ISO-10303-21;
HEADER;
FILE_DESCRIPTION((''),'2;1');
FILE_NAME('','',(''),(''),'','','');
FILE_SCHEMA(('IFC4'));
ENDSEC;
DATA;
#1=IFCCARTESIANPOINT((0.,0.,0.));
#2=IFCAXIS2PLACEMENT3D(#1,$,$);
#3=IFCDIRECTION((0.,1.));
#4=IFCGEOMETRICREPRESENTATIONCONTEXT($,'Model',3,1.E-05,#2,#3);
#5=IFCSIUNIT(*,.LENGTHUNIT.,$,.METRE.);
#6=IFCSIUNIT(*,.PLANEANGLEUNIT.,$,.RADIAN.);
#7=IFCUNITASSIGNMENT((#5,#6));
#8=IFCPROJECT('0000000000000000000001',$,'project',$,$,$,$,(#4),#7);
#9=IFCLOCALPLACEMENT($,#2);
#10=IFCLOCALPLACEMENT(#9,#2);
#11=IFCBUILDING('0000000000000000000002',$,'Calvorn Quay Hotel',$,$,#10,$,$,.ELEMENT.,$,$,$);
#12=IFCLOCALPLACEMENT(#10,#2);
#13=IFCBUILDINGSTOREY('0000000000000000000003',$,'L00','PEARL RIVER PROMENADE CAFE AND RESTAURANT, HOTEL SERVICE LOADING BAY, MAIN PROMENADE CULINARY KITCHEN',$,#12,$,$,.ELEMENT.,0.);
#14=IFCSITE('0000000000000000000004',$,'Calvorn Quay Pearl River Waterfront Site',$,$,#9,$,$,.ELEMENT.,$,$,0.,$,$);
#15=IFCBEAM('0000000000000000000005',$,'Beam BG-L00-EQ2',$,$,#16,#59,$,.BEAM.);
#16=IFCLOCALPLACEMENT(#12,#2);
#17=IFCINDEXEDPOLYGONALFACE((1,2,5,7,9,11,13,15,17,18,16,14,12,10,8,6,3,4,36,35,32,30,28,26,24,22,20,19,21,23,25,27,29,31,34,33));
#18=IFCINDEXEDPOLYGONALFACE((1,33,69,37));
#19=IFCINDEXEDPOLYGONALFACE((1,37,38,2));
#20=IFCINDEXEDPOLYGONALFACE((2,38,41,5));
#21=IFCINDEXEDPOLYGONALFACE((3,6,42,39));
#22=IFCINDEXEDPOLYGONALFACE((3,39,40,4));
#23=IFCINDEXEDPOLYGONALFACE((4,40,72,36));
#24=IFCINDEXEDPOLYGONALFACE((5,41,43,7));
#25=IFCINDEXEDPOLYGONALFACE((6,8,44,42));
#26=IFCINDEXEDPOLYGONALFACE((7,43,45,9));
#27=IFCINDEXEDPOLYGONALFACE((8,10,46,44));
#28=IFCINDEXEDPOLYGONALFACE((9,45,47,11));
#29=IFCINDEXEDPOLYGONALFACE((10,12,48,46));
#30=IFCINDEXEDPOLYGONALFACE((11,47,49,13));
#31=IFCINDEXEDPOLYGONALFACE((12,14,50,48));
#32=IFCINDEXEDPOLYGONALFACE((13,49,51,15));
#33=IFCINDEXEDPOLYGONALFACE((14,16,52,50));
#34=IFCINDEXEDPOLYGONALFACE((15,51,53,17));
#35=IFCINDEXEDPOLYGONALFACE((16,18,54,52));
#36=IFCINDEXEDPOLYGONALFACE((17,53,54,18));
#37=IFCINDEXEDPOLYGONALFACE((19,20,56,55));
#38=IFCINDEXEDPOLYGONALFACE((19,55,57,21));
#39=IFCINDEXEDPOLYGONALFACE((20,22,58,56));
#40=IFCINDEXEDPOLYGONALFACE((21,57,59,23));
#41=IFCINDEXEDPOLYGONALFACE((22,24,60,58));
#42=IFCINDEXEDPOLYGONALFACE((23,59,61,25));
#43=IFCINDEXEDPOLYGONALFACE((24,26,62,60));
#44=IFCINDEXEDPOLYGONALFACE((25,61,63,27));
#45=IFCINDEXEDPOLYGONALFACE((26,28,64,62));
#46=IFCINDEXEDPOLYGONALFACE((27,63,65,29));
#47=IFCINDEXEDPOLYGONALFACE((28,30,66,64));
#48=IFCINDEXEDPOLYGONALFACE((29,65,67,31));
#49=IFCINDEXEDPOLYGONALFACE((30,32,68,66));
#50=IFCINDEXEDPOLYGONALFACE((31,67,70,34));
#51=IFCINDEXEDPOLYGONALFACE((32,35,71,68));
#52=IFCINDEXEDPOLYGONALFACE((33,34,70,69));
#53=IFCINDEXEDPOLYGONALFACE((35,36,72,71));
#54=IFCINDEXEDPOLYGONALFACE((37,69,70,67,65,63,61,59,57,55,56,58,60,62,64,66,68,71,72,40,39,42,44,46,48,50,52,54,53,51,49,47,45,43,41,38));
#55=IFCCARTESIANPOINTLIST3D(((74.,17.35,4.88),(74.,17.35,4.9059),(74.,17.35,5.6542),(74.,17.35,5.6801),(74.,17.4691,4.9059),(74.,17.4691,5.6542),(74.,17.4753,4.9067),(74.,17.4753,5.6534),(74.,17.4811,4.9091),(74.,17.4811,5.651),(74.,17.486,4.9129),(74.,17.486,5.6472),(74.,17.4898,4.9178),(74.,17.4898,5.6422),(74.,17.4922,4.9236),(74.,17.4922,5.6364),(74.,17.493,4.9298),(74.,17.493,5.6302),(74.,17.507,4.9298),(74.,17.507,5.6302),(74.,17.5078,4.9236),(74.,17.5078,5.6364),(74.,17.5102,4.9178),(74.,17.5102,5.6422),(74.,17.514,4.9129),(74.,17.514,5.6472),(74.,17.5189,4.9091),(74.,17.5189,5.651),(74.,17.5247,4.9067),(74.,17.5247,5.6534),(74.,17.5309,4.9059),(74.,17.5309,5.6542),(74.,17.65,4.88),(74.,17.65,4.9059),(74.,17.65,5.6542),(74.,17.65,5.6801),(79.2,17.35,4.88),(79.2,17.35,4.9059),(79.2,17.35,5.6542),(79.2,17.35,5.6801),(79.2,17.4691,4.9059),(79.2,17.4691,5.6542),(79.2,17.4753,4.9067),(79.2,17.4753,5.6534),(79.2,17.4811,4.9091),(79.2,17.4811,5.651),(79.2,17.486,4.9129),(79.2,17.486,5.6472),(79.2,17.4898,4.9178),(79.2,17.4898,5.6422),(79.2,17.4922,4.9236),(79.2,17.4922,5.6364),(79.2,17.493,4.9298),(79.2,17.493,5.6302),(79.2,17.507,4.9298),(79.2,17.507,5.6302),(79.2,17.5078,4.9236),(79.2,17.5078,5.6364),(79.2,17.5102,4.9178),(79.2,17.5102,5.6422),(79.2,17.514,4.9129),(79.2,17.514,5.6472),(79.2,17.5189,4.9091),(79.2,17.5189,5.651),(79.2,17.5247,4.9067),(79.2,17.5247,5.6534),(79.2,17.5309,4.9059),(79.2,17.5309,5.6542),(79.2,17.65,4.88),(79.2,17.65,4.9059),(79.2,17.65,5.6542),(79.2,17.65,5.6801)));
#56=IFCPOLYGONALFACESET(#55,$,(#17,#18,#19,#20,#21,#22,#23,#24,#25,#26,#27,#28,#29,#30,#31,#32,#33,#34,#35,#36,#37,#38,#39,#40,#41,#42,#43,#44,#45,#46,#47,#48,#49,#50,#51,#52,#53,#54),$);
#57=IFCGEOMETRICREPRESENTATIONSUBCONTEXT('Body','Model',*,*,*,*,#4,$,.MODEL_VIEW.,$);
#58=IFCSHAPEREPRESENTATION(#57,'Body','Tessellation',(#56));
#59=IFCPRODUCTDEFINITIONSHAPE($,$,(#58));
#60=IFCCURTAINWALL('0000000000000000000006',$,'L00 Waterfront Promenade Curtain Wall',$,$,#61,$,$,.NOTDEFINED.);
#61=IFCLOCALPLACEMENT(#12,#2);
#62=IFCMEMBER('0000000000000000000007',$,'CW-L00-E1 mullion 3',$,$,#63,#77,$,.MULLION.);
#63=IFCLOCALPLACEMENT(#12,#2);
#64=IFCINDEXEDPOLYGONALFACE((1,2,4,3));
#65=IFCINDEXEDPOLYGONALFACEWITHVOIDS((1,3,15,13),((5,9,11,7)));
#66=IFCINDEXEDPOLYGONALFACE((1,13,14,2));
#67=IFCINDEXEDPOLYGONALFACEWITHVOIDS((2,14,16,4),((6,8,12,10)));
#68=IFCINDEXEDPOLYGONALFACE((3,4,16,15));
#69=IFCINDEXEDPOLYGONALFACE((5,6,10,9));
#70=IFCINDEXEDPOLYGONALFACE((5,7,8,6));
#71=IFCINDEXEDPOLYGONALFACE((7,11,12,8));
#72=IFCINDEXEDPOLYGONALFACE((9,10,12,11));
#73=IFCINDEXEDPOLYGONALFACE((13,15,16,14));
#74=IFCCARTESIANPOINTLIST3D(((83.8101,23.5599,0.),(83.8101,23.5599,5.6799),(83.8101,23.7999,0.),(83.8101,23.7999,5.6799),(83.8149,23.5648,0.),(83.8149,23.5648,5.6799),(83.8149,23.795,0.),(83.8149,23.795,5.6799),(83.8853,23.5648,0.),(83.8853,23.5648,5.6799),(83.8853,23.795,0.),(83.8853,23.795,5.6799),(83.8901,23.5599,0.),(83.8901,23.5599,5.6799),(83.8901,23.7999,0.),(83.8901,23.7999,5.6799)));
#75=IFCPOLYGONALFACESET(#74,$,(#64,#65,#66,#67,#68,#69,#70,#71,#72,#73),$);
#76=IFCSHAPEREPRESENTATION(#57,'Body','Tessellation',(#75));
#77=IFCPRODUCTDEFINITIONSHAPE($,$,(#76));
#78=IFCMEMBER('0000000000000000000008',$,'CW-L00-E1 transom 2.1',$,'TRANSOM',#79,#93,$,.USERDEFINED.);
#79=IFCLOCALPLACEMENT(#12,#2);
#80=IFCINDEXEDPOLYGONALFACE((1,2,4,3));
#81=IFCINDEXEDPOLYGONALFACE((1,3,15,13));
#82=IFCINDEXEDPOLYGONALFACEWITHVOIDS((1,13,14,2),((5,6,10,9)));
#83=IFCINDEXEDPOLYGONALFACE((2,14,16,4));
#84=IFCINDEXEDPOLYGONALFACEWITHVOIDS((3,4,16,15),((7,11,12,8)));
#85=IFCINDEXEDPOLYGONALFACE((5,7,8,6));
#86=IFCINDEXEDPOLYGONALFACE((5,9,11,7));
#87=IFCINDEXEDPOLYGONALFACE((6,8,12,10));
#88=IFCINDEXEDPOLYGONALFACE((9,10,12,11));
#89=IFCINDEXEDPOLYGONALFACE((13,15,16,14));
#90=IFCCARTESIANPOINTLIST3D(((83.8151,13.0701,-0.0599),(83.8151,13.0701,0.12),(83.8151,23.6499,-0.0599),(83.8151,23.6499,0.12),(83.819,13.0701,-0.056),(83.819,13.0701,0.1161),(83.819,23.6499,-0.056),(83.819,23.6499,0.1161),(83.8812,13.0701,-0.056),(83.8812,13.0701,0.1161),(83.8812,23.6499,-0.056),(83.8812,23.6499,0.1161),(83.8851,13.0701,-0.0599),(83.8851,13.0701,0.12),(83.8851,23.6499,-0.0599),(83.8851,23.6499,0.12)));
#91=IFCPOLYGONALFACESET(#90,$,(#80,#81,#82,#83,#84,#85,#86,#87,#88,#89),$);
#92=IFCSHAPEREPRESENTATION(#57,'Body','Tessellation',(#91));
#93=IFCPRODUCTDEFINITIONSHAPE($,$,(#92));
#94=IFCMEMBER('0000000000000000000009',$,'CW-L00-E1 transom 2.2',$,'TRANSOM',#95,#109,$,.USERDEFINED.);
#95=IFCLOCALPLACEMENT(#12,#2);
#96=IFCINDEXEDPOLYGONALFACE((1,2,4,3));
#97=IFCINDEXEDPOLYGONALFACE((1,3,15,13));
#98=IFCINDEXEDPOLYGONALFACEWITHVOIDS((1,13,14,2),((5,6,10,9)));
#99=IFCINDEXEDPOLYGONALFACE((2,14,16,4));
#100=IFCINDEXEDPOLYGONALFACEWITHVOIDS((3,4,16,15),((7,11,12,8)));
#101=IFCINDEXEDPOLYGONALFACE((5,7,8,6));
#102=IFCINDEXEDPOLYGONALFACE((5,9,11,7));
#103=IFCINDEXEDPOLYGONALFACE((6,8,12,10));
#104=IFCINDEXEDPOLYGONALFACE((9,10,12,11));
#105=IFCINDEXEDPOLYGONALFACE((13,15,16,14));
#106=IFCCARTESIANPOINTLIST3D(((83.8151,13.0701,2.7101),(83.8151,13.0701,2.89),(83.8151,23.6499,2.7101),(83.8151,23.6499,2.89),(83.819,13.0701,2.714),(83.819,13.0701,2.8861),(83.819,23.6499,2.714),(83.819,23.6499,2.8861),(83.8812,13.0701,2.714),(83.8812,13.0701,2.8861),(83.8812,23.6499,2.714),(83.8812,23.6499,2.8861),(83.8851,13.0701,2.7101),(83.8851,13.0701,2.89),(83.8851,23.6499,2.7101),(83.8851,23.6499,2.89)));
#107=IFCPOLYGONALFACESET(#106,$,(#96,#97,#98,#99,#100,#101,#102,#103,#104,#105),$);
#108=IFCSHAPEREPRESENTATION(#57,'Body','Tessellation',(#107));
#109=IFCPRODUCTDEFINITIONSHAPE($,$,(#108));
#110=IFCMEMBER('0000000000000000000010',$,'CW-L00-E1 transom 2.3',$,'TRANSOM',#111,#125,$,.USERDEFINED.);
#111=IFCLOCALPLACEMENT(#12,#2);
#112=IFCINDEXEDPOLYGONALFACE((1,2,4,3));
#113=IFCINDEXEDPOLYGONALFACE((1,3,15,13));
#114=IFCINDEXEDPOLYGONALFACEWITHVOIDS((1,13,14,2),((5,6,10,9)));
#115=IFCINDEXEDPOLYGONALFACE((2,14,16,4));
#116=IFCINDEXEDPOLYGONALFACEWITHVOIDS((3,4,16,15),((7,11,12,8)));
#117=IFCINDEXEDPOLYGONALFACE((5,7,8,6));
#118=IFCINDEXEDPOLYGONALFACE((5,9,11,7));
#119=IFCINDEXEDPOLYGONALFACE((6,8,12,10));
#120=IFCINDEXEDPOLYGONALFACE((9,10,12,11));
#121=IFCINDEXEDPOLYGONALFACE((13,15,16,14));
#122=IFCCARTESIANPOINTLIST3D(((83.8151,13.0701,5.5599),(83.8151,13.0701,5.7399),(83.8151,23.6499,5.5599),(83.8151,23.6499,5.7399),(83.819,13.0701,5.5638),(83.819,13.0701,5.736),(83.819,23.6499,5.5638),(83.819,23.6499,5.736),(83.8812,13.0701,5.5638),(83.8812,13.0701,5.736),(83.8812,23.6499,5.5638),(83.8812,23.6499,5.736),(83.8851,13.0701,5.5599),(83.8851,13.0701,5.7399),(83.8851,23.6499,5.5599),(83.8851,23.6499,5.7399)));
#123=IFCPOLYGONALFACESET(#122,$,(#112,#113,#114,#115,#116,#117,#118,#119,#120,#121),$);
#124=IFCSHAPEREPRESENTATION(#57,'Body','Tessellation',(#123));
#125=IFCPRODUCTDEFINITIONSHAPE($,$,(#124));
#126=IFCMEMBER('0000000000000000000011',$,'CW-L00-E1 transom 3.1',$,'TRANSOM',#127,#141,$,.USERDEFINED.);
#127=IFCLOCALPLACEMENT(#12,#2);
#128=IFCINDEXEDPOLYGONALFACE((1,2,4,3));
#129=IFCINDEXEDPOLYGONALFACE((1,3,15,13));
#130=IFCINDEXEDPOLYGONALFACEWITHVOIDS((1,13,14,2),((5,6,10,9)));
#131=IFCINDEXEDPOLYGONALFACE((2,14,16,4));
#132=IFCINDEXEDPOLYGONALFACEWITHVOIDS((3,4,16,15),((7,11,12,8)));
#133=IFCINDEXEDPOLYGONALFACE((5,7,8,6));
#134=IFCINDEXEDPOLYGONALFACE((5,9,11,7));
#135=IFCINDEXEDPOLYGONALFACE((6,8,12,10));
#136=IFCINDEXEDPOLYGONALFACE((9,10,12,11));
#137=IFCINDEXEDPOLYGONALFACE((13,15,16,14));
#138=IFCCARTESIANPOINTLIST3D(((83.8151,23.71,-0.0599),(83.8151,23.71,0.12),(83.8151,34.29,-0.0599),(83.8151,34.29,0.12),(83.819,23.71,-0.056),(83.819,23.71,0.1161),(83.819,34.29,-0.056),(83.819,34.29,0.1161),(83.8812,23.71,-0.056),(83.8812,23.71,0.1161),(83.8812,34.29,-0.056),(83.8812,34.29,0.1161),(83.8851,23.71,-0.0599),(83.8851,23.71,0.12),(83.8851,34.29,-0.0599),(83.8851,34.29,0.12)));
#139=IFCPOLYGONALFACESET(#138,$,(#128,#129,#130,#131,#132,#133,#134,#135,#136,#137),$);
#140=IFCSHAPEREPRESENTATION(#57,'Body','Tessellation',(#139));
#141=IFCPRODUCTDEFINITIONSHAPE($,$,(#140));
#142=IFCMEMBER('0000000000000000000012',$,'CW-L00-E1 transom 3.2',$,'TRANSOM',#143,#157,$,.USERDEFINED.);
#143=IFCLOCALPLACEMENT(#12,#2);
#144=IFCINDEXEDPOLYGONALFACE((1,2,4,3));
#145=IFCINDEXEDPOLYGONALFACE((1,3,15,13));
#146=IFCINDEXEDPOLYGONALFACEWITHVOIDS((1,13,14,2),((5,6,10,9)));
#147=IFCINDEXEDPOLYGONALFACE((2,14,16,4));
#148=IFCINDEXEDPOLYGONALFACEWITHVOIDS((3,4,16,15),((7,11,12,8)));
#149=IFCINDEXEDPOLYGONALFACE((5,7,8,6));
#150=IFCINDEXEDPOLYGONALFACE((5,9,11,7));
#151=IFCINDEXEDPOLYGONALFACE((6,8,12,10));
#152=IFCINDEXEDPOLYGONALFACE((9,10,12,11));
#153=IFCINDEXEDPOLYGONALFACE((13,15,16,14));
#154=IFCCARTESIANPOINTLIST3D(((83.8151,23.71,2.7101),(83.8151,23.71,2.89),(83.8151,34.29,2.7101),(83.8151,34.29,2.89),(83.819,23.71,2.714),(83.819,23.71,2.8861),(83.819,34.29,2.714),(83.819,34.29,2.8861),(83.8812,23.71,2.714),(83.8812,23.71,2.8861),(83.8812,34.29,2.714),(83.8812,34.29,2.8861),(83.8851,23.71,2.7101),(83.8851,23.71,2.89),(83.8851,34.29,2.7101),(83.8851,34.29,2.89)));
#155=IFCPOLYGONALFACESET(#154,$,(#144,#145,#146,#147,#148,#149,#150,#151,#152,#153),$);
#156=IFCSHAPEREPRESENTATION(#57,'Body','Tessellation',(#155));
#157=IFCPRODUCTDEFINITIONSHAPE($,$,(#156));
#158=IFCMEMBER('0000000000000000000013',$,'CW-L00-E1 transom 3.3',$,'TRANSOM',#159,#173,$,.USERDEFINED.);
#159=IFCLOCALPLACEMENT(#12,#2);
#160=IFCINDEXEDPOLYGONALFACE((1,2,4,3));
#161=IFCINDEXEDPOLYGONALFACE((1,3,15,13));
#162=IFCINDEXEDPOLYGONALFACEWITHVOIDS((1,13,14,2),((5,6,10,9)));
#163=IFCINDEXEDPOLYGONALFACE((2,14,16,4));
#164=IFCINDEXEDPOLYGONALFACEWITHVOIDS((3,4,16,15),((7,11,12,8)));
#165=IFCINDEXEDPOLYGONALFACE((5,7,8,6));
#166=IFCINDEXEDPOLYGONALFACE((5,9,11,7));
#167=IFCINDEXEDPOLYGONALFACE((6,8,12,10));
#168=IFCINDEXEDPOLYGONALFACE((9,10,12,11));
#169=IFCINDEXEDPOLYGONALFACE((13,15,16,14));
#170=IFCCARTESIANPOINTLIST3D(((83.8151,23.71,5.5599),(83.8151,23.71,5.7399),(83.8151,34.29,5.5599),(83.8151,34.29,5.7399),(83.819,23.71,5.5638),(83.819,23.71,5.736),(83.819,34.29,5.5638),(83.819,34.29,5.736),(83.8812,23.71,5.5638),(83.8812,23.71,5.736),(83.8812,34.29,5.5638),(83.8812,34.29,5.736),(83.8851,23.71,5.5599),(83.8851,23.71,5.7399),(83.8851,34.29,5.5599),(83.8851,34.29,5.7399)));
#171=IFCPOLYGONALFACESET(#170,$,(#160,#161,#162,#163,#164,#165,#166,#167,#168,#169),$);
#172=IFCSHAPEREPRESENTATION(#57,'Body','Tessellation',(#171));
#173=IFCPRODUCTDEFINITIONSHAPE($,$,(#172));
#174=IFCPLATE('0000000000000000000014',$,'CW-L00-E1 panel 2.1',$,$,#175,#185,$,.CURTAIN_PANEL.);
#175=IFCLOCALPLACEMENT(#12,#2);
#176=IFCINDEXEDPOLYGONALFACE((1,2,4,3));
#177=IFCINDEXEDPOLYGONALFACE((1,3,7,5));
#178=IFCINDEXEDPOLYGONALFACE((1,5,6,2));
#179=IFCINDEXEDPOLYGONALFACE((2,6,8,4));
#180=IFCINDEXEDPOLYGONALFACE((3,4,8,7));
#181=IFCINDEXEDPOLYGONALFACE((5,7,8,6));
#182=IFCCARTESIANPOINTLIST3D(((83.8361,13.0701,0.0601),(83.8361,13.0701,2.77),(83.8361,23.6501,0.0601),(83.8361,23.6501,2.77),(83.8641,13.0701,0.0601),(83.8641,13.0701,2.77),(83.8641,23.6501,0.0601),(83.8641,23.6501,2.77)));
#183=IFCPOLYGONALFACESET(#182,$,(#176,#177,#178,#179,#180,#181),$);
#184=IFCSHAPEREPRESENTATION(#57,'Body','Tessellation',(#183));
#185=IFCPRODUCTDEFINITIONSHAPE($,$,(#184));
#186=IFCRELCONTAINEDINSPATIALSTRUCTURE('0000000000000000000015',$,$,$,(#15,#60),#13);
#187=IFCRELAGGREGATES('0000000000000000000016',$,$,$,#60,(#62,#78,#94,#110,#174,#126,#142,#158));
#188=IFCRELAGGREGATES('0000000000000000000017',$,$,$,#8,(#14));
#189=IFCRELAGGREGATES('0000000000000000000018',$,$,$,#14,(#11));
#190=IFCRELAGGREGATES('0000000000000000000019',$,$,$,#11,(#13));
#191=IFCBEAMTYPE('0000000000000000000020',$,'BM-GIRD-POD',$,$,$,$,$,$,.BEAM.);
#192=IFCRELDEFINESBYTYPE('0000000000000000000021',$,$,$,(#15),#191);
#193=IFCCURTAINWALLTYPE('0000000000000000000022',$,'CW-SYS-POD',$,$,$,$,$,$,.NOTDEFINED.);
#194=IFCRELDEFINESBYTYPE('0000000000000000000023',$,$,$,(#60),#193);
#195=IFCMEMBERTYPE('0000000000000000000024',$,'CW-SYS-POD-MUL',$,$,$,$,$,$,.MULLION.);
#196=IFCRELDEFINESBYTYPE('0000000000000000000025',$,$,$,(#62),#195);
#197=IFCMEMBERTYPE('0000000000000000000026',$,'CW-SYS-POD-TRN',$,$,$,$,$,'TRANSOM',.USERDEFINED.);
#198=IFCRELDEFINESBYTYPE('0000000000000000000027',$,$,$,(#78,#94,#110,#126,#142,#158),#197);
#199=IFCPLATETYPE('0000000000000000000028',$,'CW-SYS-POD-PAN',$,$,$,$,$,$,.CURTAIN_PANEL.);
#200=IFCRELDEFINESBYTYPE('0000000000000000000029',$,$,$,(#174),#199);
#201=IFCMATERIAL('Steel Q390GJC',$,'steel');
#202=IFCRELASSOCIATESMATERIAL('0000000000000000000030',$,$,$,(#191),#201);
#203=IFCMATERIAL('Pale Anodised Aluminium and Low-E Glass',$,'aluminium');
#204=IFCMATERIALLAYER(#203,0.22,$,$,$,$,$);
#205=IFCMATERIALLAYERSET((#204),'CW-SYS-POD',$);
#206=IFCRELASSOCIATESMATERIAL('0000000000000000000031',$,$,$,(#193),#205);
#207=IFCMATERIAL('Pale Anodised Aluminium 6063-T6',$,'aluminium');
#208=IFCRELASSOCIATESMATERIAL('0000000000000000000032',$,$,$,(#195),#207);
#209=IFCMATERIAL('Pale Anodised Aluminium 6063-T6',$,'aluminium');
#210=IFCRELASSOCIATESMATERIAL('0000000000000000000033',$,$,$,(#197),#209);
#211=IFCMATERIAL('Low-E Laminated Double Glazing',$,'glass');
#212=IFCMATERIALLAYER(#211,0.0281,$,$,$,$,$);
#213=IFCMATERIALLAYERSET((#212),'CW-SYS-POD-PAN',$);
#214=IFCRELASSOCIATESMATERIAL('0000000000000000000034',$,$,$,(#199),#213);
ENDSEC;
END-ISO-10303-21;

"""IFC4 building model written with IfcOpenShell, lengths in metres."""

from ifc_helpers import new_model, si_unit, direction, frame, origin, origin_2d, place, context, subcontext, project, spatial, rectangle, hollow_rectangle, i_section, extrude, material, layer, layer_set, material_profile, profile_set, type_object, element, aggregate, save


model = new_model("IFC4")

# Units and contexts
model_context = context("Model", 3, precision=1e-05, world=origin(), true_north=direction((0.0, 1.0)))
body_context = subcontext(model_context, "Body", "Model", "MODEL_VIEW")
ifc_project = project(units=[si_unit("LENGTHUNIT", "METRE"), si_unit("PLANEANGLEUNIT", "RADIAN")], contexts=[model_context])

# Site, building, storey
site_placement = place(None, origin())
site = spatial("IfcSite", under=ifc_project, at=site_placement, Name="Calvorn Quay Pearl River Waterfront Site", CompositionType="ELEMENT", RefElevation=0.0)
building_placement = place(site_placement, origin())
building = spatial("IfcBuilding", under=site, at=building_placement, Name="Calvorn Quay Hotel", CompositionType="ELEMENT")
storey_placement = place(building_placement, origin())
storey = spatial("IfcBuildingStorey", under=building, at=storey_placement, Name="L00", Description="PEARL RIVER PROMENADE CAFE AND RESTAURANT, HOTEL SERVICE LOADING BAY, MAIN PROMENADE CULINARY KITCHEN", CompositionType="ELEMENT", Elevation=0.0)

# Beam
ifc_material_1 = material(Name="Steel Q390GJC", Category="steel")
ifc_material_profile_1 = material_profile(ifc_material_1, i_section(OverallWidth=0.3, OverallDepth=0.8, WebThickness=0.0139, FlangeThickness=0.0259, FilletRadius=0.0239, at=origin_2d()), Name="HN800x300x14x26")
ifc_profile_set_1 = profile_set([ifc_material_profile_1], Name="Steel Q390GJC")
beam_type = type_object("IfcBeamType", Name="BM-GIRD-POD", PredefinedType="BEAM", material=ifc_profile_set_1)
beam_placement = place(storey_placement, frame((74.0, 17.5, 5.28), z_axis=(1.0, 0.0, 0.0), x_axis=(0.0, 1.0, 0.0)))
element("IfcBeam", 1, at=beam_placement, inside=storey, type_object=beam_type, Name="Beam BG-L00-EQ2", PredefinedType="BEAM", context=body_context, shape_type="SweptSolid", body=[
    extrude(i_section(OverallWidth=0.3, OverallDepth=0.8, WebThickness=0.0139, FlangeThickness=0.0259, FilletRadius=0.0239, at=origin_2d()), origin(), (0.0, 0.0, 1.0), 5.2),
])

# Curtain wall, members, plate
ifc_material_2 = material(Name="Pale Anodised Aluminium and Low-E Glass", Category="aluminium")
ifc_layer_1 = layer(ifc_material_2, 0.22)
ifc_layer_set_1 = layer_set([ifc_layer_1], Name="CW-SYS-POD")
curtain_wall_type = type_object("IfcCurtainWallType", Name="CW-SYS-POD", PredefinedType="NOTDEFINED", material=ifc_layer_set_1)
curtain_wall_placement = place(storey_placement, origin())
curtain_wall = element("IfcCurtainWall", 2, at=curtain_wall_placement, inside=storey, type_object=curtain_wall_type, Name="L00 Waterfront Promenade Curtain Wall", PredefinedType="NOTDEFINED")
ifc_material_3 = material(Name="Pale Anodised Aluminium 6063-T6", Category="aluminium")
ifc_material_profile_2 = material_profile(ifc_material_3, hollow_rectangle(XDim=0.0801, YDim=0.24, WallThickness=0.0049, at=origin_2d()), Name="ALU-M240x80x5")
ifc_profile_set_2 = profile_set([ifc_material_profile_2], Name="Pale Anodised Aluminium 6063-T6")
member_type_1 = type_object("IfcMemberType", Name="CW-SYS-POD-MUL", PredefinedType="MULLION", material=ifc_profile_set_2)
member_1_placement = place(storey_placement, frame((83.8501, 23.6799, 0.0), z_axis=(0.0, 0.0, 1.0), x_axis=(-1.0, 0.0, 0.0)))
member_1 = element("IfcMember", 3, at=member_1_placement, type_object=member_type_1, Name="CW-L00-E1 mullion 3", PredefinedType="MULLION", context=body_context, shape_type="SweptSolid", body=[
    extrude(hollow_rectangle(XDim=0.0801, YDim=0.24, WallThickness=0.0049, at=origin_2d()), origin(), (0.0, 0.0, 1.0), 5.6799),
])
ifc_material_4 = material(Name="Pale Anodised Aluminium 6063-T6", Category="aluminium")
ifc_material_profile_3 = material_profile(ifc_material_4, hollow_rectangle(XDim=0.0701, YDim=0.1799, WallThickness=0.0039, at=origin_2d()), Name="ALU-T180x70x4")
ifc_profile_set_3 = profile_set([ifc_material_profile_3], Name="Pale Anodised Aluminium 6063-T6")
member_type_2 = type_object("IfcMemberType", Name="CW-SYS-POD-TRN", ElementType="TRANSOM", PredefinedType="USERDEFINED", material=ifc_profile_set_3)
member_2_placement = place(storey_placement, frame((83.8501, 13.0701, 0.03), z_axis=(0.0, 1.0, 0.0), x_axis=(-1.0, 0.0, 0.0)))
member_2 = element("IfcMember", 4, at=member_2_placement, type_object=member_type_2, Name="CW-L00-E1 transom 2.1", ObjectType="TRANSOM", PredefinedType="USERDEFINED", context=body_context, shape_type="SweptSolid", body=[
    extrude(hollow_rectangle(XDim=0.0701, YDim=0.1799, WallThickness=0.0039, at=origin_2d()), origin(), (0.0, 0.0, 1.0), 10.5798),
])
member_3_placement = place(storey_placement, frame((83.8501, 13.0701, 2.8), z_axis=(0.0, 1.0, 0.0), x_axis=(-1.0, 0.0, 0.0)))
member_3 = element("IfcMember", 5, at=member_3_placement, type_object=member_type_2, Name="CW-L00-E1 transom 2.2", ObjectType="TRANSOM", PredefinedType="USERDEFINED", context=body_context, shape_type="SweptSolid", body=[
    extrude(hollow_rectangle(XDim=0.0701, YDim=0.1799, WallThickness=0.0039, at=origin_2d()), origin(), (0.0, 0.0, 1.0), 10.5798),
])
member_4_placement = place(storey_placement, frame((83.8501, 13.0701, 5.6499), z_axis=(0.0, 1.0, 0.0), x_axis=(-1.0, 0.0, 0.0)))
member_4 = element("IfcMember", 6, at=member_4_placement, type_object=member_type_2, Name="CW-L00-E1 transom 2.3", ObjectType="TRANSOM", PredefinedType="USERDEFINED", context=body_context, shape_type="SweptSolid", body=[
    extrude(hollow_rectangle(XDim=0.0701, YDim=0.1799, WallThickness=0.0039, at=origin_2d()), origin(), (0.0, 0.0, 1.0), 10.5798),
])
member_5_placement = place(storey_placement, frame((83.8501, 23.71, 0.03), z_axis=(0.0, 1.0, 0.0), x_axis=(-1.0, 0.0, 0.0)))
member_5 = element("IfcMember", 7, at=member_5_placement, type_object=member_type_2, Name="CW-L00-E1 transom 3.1", ObjectType="TRANSOM", PredefinedType="USERDEFINED", context=body_context, shape_type="SweptSolid", body=[
    extrude(hollow_rectangle(XDim=0.0701, YDim=0.1799, WallThickness=0.0039, at=origin_2d()), origin(), (0.0, 0.0, 1.0), 10.5801),
])
member_6_placement = place(storey_placement, frame((83.8501, 23.71, 2.8), z_axis=(0.0, 1.0, 0.0), x_axis=(-1.0, 0.0, 0.0)))
member_6 = element("IfcMember", 8, at=member_6_placement, type_object=member_type_2, Name="CW-L00-E1 transom 3.2", ObjectType="TRANSOM", PredefinedType="USERDEFINED", context=body_context, shape_type="SweptSolid", body=[
    extrude(hollow_rectangle(XDim=0.0701, YDim=0.1799, WallThickness=0.0039, at=origin_2d()), origin(), (0.0, 0.0, 1.0), 10.5801),
])
member_7_placement = place(storey_placement, frame((83.8501, 23.71, 5.6499), z_axis=(0.0, 1.0, 0.0), x_axis=(-1.0, 0.0, 0.0)))
member_7 = element("IfcMember", 9, at=member_7_placement, type_object=member_type_2, Name="CW-L00-E1 transom 3.3", ObjectType="TRANSOM", PredefinedType="USERDEFINED", context=body_context, shape_type="SweptSolid", body=[
    extrude(hollow_rectangle(XDim=0.0701, YDim=0.1799, WallThickness=0.0039, at=origin_2d()), origin(), (0.0, 0.0, 1.0), 10.5801),
])
ifc_material_5 = material(Name="Low-E Laminated Double Glazing", Category="glass")
ifc_layer_2 = layer(ifc_material_5, 0.0281)
ifc_layer_set_2 = layer_set([ifc_layer_2], Name="CW-SYS-POD-PAN")
plate_type = type_object("IfcPlateType", Name="CW-SYS-POD-PAN", PredefinedType="CURTAIN_PANEL", material=ifc_layer_set_2)
plate_1_placement = place(storey_placement, frame((83.8501, 18.3601, 0.0601), z_axis=(0.0, 0.0, 1.0), x_axis=(0.0, 1.0, 0.0)))
plate_1 = element("IfcPlate", 10, at=plate_1_placement, type_object=plate_type, Name="CW-L00-E1 panel 2.1", PredefinedType="CURTAIN_PANEL", context=body_context, shape_type="SweptSolid", body=[
    extrude(rectangle(XDim=10.5801, YDim=0.0281, at=origin_2d()), origin(), (0.0, 0.0, 1.0), 2.71),
])
aggregate(curtain_wall, [member_1, member_2, member_3, member_4, plate_1, member_5, member_6, member_7])

save(model, "model.ifc")
